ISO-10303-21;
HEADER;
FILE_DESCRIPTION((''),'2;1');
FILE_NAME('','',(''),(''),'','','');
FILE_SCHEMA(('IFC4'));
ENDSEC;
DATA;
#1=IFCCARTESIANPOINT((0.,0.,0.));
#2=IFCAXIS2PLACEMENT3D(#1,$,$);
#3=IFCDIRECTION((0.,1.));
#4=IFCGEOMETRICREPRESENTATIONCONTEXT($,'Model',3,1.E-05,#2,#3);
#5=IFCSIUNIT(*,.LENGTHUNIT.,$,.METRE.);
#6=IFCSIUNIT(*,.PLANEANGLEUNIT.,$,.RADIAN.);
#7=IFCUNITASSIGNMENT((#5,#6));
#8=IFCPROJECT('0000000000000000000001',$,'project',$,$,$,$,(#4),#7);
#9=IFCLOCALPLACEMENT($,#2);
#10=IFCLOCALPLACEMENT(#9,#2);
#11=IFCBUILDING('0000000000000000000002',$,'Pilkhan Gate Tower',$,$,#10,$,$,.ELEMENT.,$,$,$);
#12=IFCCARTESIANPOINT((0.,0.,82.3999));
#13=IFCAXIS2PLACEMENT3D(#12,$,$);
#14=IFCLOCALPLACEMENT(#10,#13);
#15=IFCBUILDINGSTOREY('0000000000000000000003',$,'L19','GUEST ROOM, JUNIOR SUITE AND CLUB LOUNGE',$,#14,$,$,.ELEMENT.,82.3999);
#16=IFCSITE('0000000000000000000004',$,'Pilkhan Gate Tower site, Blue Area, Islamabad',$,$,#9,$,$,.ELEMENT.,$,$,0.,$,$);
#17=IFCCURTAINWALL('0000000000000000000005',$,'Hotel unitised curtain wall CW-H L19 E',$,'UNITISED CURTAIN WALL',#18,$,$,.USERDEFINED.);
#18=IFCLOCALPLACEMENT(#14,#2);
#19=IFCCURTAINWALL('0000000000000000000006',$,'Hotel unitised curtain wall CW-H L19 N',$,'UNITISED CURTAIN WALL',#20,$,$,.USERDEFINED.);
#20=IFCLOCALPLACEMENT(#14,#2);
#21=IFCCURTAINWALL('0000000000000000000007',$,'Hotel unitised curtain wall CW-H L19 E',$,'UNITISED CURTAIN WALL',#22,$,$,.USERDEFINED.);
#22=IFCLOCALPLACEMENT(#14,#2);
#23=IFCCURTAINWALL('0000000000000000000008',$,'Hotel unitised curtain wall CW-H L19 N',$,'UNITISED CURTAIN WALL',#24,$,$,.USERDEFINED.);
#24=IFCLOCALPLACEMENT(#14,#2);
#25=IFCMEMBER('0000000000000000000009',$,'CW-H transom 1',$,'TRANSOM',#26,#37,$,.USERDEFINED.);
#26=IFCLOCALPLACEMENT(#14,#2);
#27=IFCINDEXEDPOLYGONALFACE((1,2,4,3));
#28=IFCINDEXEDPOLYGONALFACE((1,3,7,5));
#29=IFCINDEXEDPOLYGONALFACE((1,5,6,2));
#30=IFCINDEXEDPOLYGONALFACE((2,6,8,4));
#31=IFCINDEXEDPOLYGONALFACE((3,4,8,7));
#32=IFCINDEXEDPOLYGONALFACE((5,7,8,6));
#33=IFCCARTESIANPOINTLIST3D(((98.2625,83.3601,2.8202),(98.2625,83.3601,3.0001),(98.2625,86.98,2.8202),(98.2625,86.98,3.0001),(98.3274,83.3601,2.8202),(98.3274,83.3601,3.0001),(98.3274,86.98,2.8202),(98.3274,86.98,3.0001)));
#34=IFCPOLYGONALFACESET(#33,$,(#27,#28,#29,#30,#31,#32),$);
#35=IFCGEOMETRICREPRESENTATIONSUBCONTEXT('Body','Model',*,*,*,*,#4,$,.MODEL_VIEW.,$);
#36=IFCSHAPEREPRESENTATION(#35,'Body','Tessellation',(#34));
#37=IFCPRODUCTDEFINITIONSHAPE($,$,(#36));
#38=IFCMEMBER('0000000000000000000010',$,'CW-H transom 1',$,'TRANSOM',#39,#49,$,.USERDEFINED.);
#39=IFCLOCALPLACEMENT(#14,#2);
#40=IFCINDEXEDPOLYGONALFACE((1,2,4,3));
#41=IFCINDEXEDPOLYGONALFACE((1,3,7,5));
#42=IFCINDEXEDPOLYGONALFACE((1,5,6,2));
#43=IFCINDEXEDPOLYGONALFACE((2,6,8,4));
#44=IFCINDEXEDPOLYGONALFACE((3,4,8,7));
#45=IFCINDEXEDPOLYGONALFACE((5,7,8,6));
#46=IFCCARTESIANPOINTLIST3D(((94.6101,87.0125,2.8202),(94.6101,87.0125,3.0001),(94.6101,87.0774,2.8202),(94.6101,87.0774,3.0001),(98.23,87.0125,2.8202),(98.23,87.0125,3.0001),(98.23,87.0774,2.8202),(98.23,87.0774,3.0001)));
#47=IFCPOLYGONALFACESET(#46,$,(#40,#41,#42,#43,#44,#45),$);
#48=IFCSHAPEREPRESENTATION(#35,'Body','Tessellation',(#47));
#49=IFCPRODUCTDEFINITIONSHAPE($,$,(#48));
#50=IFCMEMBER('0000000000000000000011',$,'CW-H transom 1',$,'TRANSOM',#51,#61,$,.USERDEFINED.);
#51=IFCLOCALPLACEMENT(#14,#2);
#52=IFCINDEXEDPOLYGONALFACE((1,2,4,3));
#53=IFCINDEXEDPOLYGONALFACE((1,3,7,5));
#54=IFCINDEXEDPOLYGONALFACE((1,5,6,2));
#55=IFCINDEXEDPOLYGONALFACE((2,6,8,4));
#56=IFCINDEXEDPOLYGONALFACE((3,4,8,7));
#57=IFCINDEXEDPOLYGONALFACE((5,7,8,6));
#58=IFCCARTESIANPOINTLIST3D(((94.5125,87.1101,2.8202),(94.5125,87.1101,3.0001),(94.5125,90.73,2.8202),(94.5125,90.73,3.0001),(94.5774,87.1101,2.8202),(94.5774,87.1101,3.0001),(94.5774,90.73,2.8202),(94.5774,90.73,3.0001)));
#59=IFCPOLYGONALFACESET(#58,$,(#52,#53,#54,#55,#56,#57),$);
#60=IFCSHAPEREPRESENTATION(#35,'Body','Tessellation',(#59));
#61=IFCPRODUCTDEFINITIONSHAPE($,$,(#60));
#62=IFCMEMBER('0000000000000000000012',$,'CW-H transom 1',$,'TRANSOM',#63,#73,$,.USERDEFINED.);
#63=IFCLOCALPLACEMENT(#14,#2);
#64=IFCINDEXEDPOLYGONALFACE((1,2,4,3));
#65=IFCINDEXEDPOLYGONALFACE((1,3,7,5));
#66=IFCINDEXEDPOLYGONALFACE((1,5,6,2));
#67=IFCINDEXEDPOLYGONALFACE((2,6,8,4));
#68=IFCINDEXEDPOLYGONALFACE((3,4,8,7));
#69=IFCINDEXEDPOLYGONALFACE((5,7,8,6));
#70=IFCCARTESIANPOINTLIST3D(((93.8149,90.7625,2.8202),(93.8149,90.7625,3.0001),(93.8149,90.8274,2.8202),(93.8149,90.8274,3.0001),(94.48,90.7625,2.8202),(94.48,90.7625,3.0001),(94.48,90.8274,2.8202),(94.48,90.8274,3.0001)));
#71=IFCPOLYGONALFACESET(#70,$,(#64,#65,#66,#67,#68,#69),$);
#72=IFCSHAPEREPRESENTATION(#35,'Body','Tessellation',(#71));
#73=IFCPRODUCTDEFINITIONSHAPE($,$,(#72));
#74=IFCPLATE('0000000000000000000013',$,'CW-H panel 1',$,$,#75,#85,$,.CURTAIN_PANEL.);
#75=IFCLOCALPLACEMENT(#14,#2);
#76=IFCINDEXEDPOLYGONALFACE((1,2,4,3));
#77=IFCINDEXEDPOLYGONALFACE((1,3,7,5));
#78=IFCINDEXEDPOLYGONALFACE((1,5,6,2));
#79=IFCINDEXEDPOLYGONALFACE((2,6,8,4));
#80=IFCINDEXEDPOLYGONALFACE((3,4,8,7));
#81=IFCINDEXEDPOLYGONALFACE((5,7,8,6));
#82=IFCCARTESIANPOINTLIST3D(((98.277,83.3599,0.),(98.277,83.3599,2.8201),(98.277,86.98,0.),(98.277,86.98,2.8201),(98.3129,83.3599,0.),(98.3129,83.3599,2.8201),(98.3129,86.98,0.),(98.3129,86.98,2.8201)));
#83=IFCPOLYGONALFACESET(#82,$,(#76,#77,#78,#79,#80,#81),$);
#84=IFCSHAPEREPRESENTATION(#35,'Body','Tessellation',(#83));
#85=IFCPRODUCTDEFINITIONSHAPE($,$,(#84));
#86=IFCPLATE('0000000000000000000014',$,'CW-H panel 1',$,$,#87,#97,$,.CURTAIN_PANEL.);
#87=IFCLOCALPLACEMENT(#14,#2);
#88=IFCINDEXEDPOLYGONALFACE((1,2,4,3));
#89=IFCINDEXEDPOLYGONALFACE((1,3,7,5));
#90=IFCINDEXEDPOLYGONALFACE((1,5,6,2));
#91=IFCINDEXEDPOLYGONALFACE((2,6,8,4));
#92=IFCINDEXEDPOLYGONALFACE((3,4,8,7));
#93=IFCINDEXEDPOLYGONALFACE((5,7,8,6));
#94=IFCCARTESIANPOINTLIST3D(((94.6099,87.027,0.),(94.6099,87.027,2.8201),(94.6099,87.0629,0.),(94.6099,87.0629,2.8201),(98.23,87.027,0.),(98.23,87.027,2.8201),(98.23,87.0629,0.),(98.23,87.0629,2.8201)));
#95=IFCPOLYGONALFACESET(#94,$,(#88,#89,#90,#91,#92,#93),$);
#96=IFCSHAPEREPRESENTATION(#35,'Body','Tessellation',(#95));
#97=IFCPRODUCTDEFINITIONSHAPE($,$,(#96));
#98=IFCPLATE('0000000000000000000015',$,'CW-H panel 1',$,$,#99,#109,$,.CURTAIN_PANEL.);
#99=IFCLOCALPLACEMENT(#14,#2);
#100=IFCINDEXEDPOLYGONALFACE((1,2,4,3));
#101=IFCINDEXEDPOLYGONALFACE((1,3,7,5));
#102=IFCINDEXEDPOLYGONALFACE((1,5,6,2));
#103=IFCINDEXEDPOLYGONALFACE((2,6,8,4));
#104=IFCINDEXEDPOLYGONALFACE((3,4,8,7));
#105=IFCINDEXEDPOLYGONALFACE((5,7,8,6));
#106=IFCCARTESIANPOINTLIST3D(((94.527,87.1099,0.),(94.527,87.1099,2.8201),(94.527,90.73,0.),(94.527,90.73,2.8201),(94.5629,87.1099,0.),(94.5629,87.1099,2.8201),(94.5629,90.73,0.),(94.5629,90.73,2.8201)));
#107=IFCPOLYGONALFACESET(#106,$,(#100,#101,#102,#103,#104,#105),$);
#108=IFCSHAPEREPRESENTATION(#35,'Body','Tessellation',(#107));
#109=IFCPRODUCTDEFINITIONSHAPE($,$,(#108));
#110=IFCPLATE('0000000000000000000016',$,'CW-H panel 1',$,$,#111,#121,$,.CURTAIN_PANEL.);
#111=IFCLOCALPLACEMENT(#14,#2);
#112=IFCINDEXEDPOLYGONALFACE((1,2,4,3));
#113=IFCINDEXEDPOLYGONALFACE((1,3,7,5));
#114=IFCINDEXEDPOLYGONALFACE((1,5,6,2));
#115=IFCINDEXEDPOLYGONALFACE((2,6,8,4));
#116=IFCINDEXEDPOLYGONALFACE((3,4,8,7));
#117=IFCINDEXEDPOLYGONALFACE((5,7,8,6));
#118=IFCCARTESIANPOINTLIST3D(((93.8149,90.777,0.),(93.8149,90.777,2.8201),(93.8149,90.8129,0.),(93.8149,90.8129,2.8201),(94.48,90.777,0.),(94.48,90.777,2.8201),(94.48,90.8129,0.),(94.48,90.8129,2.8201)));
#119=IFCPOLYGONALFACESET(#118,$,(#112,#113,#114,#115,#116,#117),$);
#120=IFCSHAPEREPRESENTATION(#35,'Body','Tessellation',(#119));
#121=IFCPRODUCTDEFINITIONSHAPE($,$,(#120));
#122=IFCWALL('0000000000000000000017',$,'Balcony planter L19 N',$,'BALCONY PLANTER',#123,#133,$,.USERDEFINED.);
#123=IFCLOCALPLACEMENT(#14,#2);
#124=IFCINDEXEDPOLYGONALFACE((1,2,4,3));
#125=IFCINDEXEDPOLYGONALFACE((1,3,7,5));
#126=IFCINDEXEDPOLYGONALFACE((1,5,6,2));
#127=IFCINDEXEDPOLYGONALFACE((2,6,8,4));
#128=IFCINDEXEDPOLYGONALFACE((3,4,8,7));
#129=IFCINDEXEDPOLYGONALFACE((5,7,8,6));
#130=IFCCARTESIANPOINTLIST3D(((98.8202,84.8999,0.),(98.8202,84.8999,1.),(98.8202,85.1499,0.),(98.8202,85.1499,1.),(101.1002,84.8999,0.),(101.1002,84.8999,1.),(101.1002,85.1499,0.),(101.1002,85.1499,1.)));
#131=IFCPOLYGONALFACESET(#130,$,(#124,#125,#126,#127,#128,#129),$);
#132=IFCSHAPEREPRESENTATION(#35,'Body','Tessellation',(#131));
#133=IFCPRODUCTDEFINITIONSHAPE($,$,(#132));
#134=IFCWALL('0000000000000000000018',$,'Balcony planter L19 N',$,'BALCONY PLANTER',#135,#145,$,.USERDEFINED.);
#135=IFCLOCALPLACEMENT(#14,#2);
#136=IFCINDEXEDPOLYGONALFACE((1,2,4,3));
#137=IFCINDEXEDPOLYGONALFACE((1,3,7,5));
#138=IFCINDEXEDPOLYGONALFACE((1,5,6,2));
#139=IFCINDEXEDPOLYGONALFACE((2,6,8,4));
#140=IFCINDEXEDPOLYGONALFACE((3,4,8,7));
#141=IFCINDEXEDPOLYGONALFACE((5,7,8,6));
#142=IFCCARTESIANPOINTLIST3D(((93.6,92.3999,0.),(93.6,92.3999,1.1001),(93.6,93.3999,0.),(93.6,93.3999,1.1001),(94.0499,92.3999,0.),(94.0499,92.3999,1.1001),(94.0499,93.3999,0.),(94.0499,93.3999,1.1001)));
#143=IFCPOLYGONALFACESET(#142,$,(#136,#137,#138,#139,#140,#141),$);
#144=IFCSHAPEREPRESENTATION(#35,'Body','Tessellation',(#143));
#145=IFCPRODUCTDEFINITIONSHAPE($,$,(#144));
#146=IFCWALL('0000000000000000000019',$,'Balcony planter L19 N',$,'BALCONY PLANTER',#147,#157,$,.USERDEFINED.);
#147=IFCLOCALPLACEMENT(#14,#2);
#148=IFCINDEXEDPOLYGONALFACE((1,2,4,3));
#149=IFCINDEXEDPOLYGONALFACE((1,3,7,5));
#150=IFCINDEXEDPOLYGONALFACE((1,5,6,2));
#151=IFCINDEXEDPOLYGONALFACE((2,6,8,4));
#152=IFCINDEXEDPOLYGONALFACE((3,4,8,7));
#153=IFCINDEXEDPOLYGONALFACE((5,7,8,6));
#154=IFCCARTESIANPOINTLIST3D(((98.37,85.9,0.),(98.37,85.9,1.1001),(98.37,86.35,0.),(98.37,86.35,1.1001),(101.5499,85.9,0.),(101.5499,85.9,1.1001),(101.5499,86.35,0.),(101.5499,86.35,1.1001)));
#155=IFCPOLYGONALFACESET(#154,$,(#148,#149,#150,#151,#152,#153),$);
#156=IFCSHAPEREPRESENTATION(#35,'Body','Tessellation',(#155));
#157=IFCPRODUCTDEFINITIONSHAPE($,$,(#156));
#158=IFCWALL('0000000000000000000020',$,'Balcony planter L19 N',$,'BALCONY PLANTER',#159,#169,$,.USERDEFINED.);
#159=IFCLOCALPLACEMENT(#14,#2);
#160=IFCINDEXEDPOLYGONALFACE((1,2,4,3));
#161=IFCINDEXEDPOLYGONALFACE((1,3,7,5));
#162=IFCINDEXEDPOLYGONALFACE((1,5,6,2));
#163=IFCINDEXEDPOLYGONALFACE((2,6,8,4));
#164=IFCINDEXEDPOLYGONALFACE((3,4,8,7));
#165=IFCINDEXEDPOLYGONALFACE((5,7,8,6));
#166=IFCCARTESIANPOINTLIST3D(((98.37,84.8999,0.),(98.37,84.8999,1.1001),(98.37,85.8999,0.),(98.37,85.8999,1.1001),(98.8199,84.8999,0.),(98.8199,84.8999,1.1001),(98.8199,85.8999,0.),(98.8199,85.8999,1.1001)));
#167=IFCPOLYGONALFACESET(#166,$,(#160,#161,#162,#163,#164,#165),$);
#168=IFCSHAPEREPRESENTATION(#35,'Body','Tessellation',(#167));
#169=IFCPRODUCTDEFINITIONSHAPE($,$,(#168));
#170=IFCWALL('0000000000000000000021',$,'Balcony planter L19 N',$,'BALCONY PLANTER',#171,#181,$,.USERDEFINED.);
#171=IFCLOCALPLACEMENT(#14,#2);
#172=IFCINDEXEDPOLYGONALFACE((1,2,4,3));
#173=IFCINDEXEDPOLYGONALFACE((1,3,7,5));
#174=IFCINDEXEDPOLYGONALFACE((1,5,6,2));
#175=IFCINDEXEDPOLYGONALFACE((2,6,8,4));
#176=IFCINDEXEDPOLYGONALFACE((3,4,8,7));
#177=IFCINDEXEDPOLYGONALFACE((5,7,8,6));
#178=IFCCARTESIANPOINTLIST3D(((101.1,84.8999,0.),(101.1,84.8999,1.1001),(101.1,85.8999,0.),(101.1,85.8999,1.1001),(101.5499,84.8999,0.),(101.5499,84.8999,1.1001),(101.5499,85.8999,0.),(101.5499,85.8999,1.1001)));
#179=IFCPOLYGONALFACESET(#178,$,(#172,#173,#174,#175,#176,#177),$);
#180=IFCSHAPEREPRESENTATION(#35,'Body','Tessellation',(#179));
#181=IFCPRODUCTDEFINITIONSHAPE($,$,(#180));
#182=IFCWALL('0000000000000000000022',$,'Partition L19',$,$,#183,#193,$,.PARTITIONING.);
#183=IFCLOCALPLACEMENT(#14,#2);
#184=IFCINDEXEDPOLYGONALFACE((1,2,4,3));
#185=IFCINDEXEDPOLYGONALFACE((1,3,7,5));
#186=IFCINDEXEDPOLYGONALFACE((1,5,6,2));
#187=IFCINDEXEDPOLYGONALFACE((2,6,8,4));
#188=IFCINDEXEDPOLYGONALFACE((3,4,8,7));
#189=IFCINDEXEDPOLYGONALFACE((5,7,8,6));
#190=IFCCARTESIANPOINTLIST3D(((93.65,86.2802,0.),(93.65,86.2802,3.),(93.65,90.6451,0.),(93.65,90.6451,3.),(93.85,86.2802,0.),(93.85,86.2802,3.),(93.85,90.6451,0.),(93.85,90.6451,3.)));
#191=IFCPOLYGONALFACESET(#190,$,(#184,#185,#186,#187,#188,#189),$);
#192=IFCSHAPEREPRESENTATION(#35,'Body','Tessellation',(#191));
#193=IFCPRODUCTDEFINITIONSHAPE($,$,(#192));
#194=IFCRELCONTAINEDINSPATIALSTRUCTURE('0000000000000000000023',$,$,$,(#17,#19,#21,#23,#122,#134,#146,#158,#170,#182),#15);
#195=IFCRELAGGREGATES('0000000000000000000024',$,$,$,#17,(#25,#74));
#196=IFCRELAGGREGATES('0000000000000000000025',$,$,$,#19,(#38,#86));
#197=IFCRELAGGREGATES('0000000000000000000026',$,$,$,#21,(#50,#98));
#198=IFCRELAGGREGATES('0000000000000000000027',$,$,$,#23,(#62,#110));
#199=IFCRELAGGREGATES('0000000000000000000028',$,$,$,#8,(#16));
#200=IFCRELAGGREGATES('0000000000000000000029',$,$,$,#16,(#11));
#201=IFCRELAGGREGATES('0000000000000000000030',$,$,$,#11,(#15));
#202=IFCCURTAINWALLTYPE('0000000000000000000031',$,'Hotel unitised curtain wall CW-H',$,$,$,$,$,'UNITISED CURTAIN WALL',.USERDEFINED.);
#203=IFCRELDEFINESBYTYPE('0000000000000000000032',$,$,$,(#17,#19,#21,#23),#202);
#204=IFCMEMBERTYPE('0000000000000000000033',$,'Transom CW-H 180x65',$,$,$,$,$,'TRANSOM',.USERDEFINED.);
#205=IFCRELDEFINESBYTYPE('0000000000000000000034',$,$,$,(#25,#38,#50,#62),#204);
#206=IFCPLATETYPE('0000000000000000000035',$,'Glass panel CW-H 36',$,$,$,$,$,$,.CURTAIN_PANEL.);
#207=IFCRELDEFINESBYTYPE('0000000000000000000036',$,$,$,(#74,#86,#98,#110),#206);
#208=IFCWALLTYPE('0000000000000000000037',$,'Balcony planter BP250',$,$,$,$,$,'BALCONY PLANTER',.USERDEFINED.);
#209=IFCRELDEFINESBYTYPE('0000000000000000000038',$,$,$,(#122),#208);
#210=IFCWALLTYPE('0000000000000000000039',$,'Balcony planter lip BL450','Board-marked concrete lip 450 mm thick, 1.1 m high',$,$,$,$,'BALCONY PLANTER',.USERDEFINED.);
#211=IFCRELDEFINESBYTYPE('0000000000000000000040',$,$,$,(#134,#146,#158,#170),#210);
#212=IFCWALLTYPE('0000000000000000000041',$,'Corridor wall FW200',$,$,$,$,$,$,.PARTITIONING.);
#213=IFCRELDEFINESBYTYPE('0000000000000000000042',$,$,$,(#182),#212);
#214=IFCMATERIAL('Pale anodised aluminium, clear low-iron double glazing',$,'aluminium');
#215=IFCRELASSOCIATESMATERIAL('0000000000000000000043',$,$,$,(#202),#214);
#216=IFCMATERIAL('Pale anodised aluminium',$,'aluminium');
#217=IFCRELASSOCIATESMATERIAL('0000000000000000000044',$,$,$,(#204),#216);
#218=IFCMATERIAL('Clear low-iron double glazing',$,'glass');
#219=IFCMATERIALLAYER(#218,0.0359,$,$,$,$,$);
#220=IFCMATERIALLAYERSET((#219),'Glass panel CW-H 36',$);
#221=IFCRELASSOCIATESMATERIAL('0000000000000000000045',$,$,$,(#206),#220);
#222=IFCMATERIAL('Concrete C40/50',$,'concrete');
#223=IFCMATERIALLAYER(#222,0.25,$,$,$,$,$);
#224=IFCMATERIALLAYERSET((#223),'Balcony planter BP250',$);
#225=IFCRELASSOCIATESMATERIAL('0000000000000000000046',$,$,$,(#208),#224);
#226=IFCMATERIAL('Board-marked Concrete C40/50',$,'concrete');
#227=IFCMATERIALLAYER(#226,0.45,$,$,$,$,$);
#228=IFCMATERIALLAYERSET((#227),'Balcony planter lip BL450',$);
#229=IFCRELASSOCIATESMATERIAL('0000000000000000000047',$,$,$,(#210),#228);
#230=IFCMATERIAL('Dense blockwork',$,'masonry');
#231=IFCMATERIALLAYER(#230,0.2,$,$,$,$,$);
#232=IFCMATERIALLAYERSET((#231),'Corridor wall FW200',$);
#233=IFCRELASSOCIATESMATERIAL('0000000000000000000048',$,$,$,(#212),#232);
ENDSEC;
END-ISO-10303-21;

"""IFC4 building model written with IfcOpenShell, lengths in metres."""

from ifc_helpers import new_model, si_unit, direction, frame, frame_2d, origin, origin_2d, place, context, subcontext, project, spatial, rectangle, extrude, material, layer, layer_set, material_profile, profile_set, type_object, element, aggregate, save


model = new_model("IFC4")

# Units and contexts
model_context = context("Model", 3, precision=1e-05, world=origin(), true_north=direction((0.0, 1.0)))
body_context = subcontext(model_context, "Body", "Model", "MODEL_VIEW")
ifc_project = project(units=[si_unit("LENGTHUNIT", "METRE"), si_unit("PLANEANGLEUNIT", "RADIAN")], contexts=[model_context])

# Site, building, storey
site_placement = place(None, origin())
site = spatial("IfcSite", under=ifc_project, at=site_placement, Name="Pilkhan Gate Tower site, Blue Area, Islamabad", CompositionType="ELEMENT", RefElevation=0.0)
building_placement = place(site_placement, origin())
building = spatial("IfcBuilding", under=site, at=building_placement, Name="Pilkhan Gate Tower", CompositionType="ELEMENT")
storey_placement = place(building_placement, frame((0.0, 0.0, 82.3999)))
storey = spatial("IfcBuildingStorey", under=building, at=storey_placement, Name="L19", Description="GUEST ROOM, JUNIOR SUITE AND CLUB LOUNGE", CompositionType="ELEMENT", Elevation=82.3999)

# Shared definitions
ifc_material_1 = material(Name="Pale anodised aluminium, clear low-iron double glazing", Category="aluminium")
curtain_wall_type = type_object("IfcCurtainWallType", Name="Hotel unitised curtain wall CW-H", ElementType="UNITISED CURTAIN WALL", PredefinedType="USERDEFINED", material=ifc_material_1)
ifc_material_2 = material(Name="Pale anodised aluminium", Category="aluminium")

# Curtain walls
curtain_wall_1_placement = place(storey_placement, origin())
curtain_wall_1 = element("IfcCurtainWall", 1, at=curtain_wall_1_placement, inside=storey, type_object=curtain_wall_type, Name="Hotel unitised curtain wall CW-H L19 E", ObjectType="UNITISED CURTAIN WALL", PredefinedType="USERDEFINED")
curtain_wall_2_placement = place(storey_placement, origin())
curtain_wall_2 = element("IfcCurtainWall", 2, at=curtain_wall_2_placement, inside=storey, type_object=curtain_wall_type, Name="Hotel unitised curtain wall CW-H L19 N", ObjectType="UNITISED CURTAIN WALL", PredefinedType="USERDEFINED")
curtain_wall_3_placement = place(storey_placement, origin())
curtain_wall_3 = element("IfcCurtainWall", 3, at=curtain_wall_3_placement, inside=storey, type_object=curtain_wall_type, Name="Hotel unitised curtain wall CW-H L19 E", ObjectType="UNITISED CURTAIN WALL", PredefinedType="USERDEFINED")
curtain_wall_4_placement = place(storey_placement, origin())
curtain_wall_4 = element("IfcCurtainWall", 4, at=curtain_wall_4_placement, inside=storey, type_object=curtain_wall_type, Name="Hotel unitised curtain wall CW-H L19 N", ObjectType="UNITISED CURTAIN WALL", PredefinedType="USERDEFINED")

# Members
ifc_material_profile_1 = material_profile(ifc_material_2, rectangle(XDim=0.0649, YDim=0.1799, at=origin_2d()), Name="Transom 180x65")
ifc_profile_set_1 = profile_set([ifc_material_profile_1], Name="Pale anodised aluminium")
member_type_1 = type_object("IfcMemberType", Name="Transom CW-H 180x65", ElementType="TRANSOM", PredefinedType="USERDEFINED", material=ifc_profile_set_1)
member_1_placement = place(storey_placement, frame((98.2949, 83.3601, 2.9102), z_axis=(0.0, 1.0, 0.0), x_axis=(-1.0, 0.0, 0.0)))
member_1 = element("IfcMember", 5, at=member_1_placement, type_object=member_type_1, Name="CW-H transom 1", ObjectType="TRANSOM", PredefinedType="USERDEFINED", context=body_context, shape_type="SweptSolid", body=[
    extrude(rectangle(XDim=0.0649, YDim=0.1799, at=origin_2d()), origin(), (0.0, 0.0, 1.0), 3.6199),
])
member_2_placement = place(storey_placement, frame((94.6101, 87.0449, 2.9102), z_axis=(1.0, 0.0, 0.0), x_axis=(0.0, 1.0, 0.0)))
member_2 = element("IfcMember", 6, at=member_2_placement, type_object=member_type_1, Name="CW-H transom 1", ObjectType="TRANSOM", PredefinedType="USERDEFINED", context=body_context, shape_type="SweptSolid", body=[
    extrude(rectangle(XDim=0.0649, YDim=0.1799, at=origin_2d()), origin(), (0.0, 0.0, 1.0), 3.6199),
])
member_3_placement = place(storey_placement, frame((94.5449, 87.1101, 2.9102), z_axis=(0.0, 1.0, 0.0), x_axis=(-1.0, 0.0, 0.0)))
member_3 = element("IfcMember", 7, at=member_3_placement, type_object=member_type_1, Name="CW-H transom 1", ObjectType="TRANSOM", PredefinedType="USERDEFINED", context=body_context, shape_type="SweptSolid", body=[
    extrude(rectangle(XDim=0.0649, YDim=0.1799, at=origin_2d()), origin(), (0.0, 0.0, 1.0), 3.6199),
])
member_4_placement = place(storey_placement, frame((93.8149, 90.7949, 2.9102), z_axis=(1.0, 0.0, 0.0), x_axis=(0.0, 1.0, 0.0)))
member_4 = element("IfcMember", 8, at=member_4_placement, type_object=member_type_1, Name="CW-H transom 1", ObjectType="TRANSOM", PredefinedType="USERDEFINED", context=body_context, shape_type="SweptSolid", body=[
    extrude(rectangle(XDim=0.0649, YDim=0.1799, at=origin_2d()), origin(), (0.0, 0.0, 1.0), 0.665),
])

# Plates
ifc_material_3 = material(Name="Clear low-iron double glazing", Category="glass")
ifc_layer_1 = layer(ifc_material_3, 0.0359)
ifc_layer_set_1 = layer_set([ifc_layer_1], Name="Glass panel CW-H 36")
plate_type = type_object("IfcPlateType", Name="Glass panel CW-H 36", PredefinedType="CURTAIN_PANEL", material=ifc_layer_set_1)
plate_1_placement = place(storey_placement, frame((98.2949, 85.1699, 0.0), z_axis=(0.0, 0.0, 1.0), x_axis=(0.0, 1.0, 0.0)))
plate_1 = element("IfcPlate", 9, at=plate_1_placement, type_object=plate_type, Name="CW-H panel 1", PredefinedType="CURTAIN_PANEL", context=body_context, shape_type="SweptSolid", body=[
    extrude(rectangle(XDim=3.6201, YDim=0.0359, at=origin_2d()), origin(), (0.0, 0.0, 1.0), 2.8201),
])
aggregate(curtain_wall_1, [member_1, plate_1])
plate_2_placement = place(storey_placement, frame((96.4199, 87.0449, 0.0), z_axis=(0.0, 0.0, 1.0), x_axis=(1.0, 0.0, 0.0)))
plate_2 = element("IfcPlate", 10, at=plate_2_placement, type_object=plate_type, Name="CW-H panel 1", PredefinedType="CURTAIN_PANEL", context=body_context, shape_type="SweptSolid", body=[
    extrude(rectangle(XDim=3.6201, YDim=0.0359, at=origin_2d()), origin(), (0.0, 0.0, 1.0), 2.8201),
])
aggregate(curtain_wall_2, [member_2, plate_2])
plate_3_placement = place(storey_placement, frame((94.5449, 88.9199, 0.0), z_axis=(0.0, 0.0, 1.0), x_axis=(0.0, 1.0, 0.0)))
plate_3 = element("IfcPlate", 11, at=plate_3_placement, type_object=plate_type, Name="CW-H panel 1", PredefinedType="CURTAIN_PANEL", context=body_context, shape_type="SweptSolid", body=[
    extrude(rectangle(XDim=3.6201, YDim=0.0359, at=origin_2d()), origin(), (0.0, 0.0, 1.0), 2.8201),
])
aggregate(curtain_wall_3, [member_3, plate_3])
plate_4_placement = place(storey_placement, frame((94.1475, 90.7949, 0.0), z_axis=(0.0, 0.0, 1.0), x_axis=(1.0, 0.0, 0.0)))
plate_4 = element("IfcPlate", 12, at=plate_4_placement, type_object=plate_type, Name="CW-H panel 1", PredefinedType="CURTAIN_PANEL", context=body_context, shape_type="SweptSolid", body=[
    extrude(rectangle(XDim=0.665, YDim=0.0359, at=origin_2d()), origin(), (0.0, 0.0, 1.0), 2.8201),
])
aggregate(curtain_wall_4, [member_4, plate_4])

# Walls
ifc_material_4 = material(Name="Concrete C40/50", Category="concrete")
ifc_layer_2 = layer(ifc_material_4, 0.25)
ifc_layer_set_2 = layer_set([ifc_layer_2], Name="Balcony planter BP250")
wall_type_1 = type_object("IfcWallType", Name="Balcony planter BP250", ElementType="BALCONY PLANTER", PredefinedType="USERDEFINED", material=ifc_layer_set_2)
wall_1_placement = place(storey_placement, frame((98.8201, 85.0249, 0.0), z_axis=(0.0, 0.0, 1.0), x_axis=(1.0, 0.0, 0.0)))
element("IfcWall", 13, at=wall_1_placement, inside=storey, type_object=wall_type_1, Name="Balcony planter L19 N", ObjectType="BALCONY PLANTER", PredefinedType="USERDEFINED", context=body_context, shape_type="SweptSolid", body=[
    extrude(rectangle(XDim=2.28, YDim=0.25, at=frame_2d((1.1401, 0.0))), origin(), (0.0, 0.0, 1.0), 1.0),
])
ifc_material_5 = material(Name="Board-marked Concrete C40/50", Category="concrete")
ifc_layer_3 = layer(ifc_material_5, 0.45)
ifc_layer_set_3 = layer_set([ifc_layer_3], Name="Balcony planter lip BL450")
wall_type_2 = type_object("IfcWallType", Name="Balcony planter lip BL450", Description="Board-marked concrete lip 450 mm thick, 1.1 m high", ElementType="BALCONY PLANTER", PredefinedType="USERDEFINED", material=ifc_layer_set_3)
wall_2_placement = place(storey_placement, frame((93.825, 92.3999, 0.0), z_axis=(0.0, 0.0, 1.0), x_axis=(0.0, 1.0, 0.0)))
element("IfcWall", 14, at=wall_2_placement, inside=storey, type_object=wall_type_2, Name="Balcony planter L19 N", ObjectType="BALCONY PLANTER", PredefinedType="USERDEFINED", context=body_context, shape_type="SweptSolid", body=[
    extrude(rectangle(XDim=1.0, YDim=0.45, at=frame_2d((0.5, 0.0))), origin(), (0.0, 0.0, 1.0), 1.1001),
])
wall_3_placement = place(storey_placement, frame((98.3701, 86.125, 0.0), z_axis=(0.0, 0.0, 1.0), x_axis=(1.0, 0.0, 0.0)))
element("IfcWall", 15, at=wall_3_placement, inside=storey, type_object=wall_type_2, Name="Balcony planter L19 N", ObjectType="BALCONY PLANTER", PredefinedType="USERDEFINED", context=body_context, shape_type="SweptSolid", body=[
    extrude(rectangle(XDim=3.1799, YDim=0.45, at=frame_2d((1.5898, 0.0))), origin(), (0.0, 0.0, 1.0), 1.1001),
])
for number, where, z_axis, x_axis, name in (
    (16, (98.595, 84.8999, 0.0), (0.0, 0.0, 1.0), (0.0, 1.0, 0.0), "Balcony planter L19 N"),
    (17, (101.325, 84.8999, 0.0), (0.0, 0.0, 1.0), (0.0, 1.0, 0.0), "Balcony planter L19 N"),
):
    element("IfcWall", number, at=place(storey_placement, frame(where, z_axis=z_axis, x_axis=x_axis)), inside=storey, type_object=wall_type_2, Name=name, ObjectType="BALCONY PLANTER", PredefinedType="USERDEFINED", context=body_context, shape_type="SweptSolid", body=[
        extrude(rectangle(XDim=1.0, YDim=0.45, at=frame_2d((0.5, 0.0))), origin(), (0.0, 0.0, 1.0), 1.1001),
    ])
ifc_material_6 = material(Name="Dense blockwork", Category="masonry")
ifc_layer_4 = layer(ifc_material_6, 0.2)
ifc_layer_set_4 = layer_set([ifc_layer_4], Name="Corridor wall FW200")
wall_type_3 = type_object("IfcWallType", Name="Corridor wall FW200", PredefinedType="PARTITIONING", material=ifc_layer_set_4)
wall_4_placement = place(storey_placement, frame((93.75, 86.28, 0.0), z_axis=(0.0, 0.0, 1.0), x_axis=(0.0, 1.0, 0.0)))
element("IfcWall", 18, at=wall_4_placement, inside=storey, type_object=wall_type_3, Name="Partition L19", PredefinedType="PARTITIONING", context=body_context, shape_type="SweptSolid", body=[
    extrude(rectangle(XDim=4.365, YDim=0.2, at=frame_2d((2.1826, 0.0))), origin(), (0.0, 0.0, 1.0), 3.0),
])

save(model, "model.ifc")
